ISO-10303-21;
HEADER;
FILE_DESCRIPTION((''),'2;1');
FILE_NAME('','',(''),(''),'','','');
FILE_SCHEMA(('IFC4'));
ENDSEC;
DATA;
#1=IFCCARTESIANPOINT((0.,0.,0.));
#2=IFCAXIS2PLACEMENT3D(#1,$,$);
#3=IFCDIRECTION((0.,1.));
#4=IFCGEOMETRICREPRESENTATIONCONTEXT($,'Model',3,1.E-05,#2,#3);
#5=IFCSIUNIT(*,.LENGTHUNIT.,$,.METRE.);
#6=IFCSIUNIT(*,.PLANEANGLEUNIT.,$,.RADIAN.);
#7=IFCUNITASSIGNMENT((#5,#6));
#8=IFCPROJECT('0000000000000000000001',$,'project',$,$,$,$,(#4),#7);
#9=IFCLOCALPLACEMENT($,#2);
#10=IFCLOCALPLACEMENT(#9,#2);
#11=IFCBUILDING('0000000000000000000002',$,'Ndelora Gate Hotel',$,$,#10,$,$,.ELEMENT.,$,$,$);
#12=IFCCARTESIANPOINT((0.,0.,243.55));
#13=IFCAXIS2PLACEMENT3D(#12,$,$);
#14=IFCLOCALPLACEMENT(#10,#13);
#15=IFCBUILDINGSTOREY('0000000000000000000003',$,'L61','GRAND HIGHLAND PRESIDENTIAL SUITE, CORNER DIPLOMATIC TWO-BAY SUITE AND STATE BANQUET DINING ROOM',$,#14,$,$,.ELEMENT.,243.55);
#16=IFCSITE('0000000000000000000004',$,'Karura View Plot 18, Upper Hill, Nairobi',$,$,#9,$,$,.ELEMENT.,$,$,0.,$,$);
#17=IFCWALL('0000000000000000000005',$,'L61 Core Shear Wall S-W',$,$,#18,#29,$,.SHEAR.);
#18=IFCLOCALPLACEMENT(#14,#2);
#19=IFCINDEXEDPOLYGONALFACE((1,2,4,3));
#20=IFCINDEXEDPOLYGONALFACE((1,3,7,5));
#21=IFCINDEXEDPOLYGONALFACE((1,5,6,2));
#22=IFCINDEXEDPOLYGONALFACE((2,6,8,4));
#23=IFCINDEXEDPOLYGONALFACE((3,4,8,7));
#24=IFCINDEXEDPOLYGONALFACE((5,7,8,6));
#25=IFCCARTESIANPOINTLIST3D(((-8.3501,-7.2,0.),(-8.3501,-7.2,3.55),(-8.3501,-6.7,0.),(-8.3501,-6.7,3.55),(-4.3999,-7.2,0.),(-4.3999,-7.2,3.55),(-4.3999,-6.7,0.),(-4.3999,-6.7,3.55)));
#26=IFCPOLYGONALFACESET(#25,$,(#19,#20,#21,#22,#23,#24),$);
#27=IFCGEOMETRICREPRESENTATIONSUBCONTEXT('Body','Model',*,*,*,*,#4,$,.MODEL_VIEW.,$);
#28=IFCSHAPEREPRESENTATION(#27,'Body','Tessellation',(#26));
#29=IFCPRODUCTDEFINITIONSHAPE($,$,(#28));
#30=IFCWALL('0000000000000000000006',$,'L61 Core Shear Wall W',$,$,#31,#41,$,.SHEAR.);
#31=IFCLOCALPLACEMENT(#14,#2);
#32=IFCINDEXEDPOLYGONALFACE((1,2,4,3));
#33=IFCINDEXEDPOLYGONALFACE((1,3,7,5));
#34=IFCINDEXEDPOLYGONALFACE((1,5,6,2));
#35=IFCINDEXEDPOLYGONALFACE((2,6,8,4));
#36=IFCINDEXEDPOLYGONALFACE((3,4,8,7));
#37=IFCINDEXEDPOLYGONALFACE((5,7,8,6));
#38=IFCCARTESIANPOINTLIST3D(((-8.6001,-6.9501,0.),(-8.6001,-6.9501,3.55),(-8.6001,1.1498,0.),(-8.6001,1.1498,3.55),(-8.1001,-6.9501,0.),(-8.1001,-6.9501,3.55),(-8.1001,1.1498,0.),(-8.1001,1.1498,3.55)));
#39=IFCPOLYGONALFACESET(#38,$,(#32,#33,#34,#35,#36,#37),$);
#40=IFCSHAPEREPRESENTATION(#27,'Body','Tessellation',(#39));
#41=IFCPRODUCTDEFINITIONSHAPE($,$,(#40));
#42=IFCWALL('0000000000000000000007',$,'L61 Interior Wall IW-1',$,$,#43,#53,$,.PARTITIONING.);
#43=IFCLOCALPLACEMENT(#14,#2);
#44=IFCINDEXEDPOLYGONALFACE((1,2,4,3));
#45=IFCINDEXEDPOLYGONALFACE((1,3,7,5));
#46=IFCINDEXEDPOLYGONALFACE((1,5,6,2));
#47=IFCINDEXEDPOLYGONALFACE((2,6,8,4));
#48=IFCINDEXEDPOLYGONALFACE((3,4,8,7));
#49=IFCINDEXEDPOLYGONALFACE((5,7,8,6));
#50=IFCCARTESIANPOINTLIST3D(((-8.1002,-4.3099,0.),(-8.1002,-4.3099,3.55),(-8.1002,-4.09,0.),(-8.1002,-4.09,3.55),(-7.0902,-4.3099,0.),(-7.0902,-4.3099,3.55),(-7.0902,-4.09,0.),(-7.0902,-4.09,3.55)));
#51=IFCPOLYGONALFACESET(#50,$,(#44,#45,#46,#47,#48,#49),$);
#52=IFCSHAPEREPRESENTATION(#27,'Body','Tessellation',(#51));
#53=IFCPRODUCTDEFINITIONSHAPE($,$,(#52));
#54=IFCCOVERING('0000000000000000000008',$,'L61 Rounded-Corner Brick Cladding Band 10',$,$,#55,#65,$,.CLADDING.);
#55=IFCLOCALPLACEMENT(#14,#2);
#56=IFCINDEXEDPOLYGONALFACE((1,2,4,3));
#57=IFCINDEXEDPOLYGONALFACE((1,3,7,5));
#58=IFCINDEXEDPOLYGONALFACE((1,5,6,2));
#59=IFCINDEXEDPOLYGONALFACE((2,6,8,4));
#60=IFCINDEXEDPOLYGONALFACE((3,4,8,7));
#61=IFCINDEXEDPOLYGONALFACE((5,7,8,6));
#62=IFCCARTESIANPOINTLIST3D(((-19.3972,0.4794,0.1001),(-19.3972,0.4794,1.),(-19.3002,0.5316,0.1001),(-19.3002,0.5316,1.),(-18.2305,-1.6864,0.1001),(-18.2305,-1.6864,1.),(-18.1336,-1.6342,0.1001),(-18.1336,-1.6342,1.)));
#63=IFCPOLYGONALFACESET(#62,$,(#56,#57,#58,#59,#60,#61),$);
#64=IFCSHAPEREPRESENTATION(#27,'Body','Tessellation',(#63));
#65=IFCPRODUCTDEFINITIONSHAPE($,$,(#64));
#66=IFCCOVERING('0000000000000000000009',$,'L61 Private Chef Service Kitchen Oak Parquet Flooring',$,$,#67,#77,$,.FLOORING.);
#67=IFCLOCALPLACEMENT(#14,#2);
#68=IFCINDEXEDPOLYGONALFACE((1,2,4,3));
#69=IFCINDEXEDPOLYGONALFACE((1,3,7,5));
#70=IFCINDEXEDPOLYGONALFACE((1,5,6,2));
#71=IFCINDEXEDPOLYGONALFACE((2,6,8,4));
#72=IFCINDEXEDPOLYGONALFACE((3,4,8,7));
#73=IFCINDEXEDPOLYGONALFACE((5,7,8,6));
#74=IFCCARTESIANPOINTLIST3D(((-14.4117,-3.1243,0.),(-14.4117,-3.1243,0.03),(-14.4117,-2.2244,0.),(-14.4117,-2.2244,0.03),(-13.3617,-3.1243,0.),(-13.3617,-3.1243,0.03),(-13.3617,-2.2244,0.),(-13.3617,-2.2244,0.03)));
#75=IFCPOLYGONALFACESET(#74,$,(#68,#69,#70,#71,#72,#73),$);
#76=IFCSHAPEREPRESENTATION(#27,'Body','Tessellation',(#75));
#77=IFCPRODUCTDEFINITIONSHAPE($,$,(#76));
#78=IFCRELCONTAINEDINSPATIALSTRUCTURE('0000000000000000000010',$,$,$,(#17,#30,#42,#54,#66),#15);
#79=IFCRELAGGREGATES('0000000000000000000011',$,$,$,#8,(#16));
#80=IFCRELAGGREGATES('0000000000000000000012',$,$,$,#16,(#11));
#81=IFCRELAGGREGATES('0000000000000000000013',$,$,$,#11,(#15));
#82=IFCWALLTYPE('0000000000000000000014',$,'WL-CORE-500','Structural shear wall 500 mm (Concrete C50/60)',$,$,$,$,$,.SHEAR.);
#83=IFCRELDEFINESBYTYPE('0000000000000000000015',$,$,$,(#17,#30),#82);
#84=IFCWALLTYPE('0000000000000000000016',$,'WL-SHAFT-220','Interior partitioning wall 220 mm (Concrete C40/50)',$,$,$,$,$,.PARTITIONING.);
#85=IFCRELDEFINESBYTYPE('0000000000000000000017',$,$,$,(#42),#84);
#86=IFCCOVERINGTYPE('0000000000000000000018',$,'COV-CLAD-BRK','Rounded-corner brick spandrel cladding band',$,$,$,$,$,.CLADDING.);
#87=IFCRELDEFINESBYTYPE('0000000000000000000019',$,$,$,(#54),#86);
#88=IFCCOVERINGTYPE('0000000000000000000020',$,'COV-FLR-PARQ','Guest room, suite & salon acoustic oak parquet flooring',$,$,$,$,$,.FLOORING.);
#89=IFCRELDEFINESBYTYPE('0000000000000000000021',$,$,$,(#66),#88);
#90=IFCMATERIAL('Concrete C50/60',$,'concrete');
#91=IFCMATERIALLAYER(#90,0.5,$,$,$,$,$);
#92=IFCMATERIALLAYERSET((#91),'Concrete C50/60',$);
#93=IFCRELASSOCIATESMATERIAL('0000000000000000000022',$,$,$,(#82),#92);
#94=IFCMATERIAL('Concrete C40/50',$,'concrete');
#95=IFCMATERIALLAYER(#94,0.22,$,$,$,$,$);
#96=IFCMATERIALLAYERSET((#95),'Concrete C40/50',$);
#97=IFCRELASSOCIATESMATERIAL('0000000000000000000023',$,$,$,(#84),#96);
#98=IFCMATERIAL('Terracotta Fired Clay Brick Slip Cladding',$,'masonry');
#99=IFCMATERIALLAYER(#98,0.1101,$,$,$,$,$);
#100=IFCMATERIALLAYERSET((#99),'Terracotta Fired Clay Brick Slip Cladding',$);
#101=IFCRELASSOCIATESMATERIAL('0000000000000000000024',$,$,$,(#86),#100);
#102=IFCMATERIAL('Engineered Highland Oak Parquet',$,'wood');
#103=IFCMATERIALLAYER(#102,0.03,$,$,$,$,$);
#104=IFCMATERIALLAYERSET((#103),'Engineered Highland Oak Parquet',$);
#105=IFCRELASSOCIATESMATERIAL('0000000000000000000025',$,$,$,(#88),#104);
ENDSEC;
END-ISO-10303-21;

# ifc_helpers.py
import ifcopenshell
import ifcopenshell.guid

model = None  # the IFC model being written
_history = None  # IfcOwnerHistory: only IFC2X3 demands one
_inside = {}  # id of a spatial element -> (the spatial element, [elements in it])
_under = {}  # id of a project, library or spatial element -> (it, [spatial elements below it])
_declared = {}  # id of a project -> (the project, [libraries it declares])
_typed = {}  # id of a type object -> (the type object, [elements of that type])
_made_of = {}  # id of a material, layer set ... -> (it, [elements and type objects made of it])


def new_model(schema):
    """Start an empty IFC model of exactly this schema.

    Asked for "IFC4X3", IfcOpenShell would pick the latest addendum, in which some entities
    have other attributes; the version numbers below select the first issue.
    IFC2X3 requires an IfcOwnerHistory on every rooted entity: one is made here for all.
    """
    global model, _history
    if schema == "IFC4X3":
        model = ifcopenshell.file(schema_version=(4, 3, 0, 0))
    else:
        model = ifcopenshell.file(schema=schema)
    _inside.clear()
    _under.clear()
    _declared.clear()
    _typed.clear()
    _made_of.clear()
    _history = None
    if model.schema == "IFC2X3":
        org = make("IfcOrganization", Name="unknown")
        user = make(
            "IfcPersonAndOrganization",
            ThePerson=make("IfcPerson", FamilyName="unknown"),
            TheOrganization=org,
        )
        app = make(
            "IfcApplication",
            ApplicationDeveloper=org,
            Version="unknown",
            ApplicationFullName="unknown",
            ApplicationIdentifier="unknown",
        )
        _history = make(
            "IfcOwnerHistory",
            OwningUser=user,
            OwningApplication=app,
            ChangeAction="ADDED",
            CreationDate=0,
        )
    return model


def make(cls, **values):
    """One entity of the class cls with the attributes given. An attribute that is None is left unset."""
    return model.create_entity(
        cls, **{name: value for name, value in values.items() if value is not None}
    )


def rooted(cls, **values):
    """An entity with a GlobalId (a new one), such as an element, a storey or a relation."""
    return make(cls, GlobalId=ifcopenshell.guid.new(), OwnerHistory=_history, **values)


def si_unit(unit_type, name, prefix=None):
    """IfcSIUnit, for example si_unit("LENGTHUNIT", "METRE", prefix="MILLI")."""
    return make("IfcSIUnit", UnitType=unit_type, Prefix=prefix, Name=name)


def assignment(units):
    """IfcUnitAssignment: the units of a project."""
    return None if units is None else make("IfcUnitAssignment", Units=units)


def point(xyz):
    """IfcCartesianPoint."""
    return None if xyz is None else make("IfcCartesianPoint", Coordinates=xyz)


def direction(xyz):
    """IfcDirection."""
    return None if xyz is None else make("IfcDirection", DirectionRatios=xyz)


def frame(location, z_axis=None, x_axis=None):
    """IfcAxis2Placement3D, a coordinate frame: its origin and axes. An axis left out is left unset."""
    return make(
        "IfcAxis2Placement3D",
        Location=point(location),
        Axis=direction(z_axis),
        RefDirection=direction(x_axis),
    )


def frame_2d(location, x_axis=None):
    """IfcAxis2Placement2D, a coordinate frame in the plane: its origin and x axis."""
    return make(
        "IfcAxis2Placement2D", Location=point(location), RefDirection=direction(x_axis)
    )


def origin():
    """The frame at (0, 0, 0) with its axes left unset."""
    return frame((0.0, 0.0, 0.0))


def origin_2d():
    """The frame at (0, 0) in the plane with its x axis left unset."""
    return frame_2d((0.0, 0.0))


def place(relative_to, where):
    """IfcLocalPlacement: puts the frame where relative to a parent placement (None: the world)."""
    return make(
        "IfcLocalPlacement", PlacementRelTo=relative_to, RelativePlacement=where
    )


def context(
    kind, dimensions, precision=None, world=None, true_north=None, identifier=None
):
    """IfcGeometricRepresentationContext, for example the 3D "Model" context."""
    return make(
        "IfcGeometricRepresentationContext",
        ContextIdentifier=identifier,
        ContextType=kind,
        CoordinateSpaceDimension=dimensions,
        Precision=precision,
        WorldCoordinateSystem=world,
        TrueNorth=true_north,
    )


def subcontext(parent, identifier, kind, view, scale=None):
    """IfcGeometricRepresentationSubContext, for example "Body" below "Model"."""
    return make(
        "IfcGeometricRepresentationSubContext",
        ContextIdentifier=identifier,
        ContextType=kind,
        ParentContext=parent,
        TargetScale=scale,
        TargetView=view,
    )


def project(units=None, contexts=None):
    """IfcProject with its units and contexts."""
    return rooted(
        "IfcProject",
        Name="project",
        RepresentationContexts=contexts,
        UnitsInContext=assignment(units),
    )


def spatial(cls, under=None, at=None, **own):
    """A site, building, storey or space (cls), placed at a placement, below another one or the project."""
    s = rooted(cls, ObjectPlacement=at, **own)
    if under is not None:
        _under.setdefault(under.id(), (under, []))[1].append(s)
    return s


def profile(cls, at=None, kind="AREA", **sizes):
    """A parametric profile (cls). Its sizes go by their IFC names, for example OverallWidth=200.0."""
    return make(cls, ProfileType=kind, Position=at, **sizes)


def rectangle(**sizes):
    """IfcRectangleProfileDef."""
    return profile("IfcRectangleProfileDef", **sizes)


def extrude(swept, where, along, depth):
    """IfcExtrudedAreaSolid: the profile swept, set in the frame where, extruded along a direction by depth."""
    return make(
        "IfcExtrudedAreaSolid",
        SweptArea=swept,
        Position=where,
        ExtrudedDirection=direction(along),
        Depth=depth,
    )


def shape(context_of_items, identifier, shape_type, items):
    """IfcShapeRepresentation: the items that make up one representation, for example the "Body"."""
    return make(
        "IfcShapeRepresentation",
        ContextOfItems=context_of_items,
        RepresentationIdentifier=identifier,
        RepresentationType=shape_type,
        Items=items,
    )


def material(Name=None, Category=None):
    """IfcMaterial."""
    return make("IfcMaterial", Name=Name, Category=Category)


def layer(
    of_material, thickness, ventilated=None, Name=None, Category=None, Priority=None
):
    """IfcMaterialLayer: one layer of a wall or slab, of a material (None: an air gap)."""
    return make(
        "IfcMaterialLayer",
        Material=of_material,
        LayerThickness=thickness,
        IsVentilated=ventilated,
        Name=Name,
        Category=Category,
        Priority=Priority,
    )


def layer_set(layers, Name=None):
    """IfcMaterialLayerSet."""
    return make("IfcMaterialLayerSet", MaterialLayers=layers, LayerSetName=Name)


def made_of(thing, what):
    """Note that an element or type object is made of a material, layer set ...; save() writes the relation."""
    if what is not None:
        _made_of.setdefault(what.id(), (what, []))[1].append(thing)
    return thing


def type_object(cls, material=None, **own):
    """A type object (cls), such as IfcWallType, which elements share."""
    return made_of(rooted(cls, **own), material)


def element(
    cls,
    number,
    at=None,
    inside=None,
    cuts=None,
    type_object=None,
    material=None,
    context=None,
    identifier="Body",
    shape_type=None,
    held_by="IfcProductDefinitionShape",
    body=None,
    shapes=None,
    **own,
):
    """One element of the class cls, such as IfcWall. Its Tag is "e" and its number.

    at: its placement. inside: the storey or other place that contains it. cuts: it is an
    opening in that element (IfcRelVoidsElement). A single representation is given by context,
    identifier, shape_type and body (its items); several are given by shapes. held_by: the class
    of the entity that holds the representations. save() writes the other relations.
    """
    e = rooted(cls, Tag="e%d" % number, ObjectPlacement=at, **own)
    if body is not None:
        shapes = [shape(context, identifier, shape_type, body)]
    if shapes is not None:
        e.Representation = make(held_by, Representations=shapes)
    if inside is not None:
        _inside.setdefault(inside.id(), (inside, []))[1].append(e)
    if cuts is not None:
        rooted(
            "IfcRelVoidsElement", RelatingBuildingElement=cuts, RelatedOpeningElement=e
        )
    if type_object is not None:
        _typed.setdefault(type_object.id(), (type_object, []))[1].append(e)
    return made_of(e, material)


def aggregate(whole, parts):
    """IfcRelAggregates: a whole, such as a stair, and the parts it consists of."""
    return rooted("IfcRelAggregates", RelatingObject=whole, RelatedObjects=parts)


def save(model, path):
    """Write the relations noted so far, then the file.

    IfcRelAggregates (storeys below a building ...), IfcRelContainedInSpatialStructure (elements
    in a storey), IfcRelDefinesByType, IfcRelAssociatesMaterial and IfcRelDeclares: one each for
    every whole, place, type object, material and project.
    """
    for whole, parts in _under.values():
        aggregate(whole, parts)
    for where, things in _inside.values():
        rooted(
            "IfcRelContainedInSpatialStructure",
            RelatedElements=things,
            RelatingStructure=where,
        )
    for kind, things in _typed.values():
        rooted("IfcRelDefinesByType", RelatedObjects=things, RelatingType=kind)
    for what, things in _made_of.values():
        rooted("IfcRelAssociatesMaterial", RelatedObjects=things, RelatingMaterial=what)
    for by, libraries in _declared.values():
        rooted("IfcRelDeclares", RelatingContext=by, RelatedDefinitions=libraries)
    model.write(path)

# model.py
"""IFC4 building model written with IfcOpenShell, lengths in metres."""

from ifc_helpers import new_model, si_unit, direction, frame, frame_2d, origin, origin_2d, place, context, subcontext, project, spatial, rectangle, extrude, material, layer, layer_set, type_object, element, save


model = new_model("IFC4")

# Units and contexts
model_context = context("Model", 3, precision=1e-05, world=origin(), true_north=direction((0.0, 1.0)))
body_context = subcontext(model_context, "Body", "Model", "MODEL_VIEW")
ifc_project = project(units=[si_unit("LENGTHUNIT", "METRE"), si_unit("PLANEANGLEUNIT", "RADIAN")], contexts=[model_context])

# Site, building, storey
site_placement = place(None, origin())
site = spatial("IfcSite", under=ifc_project, at=site_placement, Name="Karura View Plot 18, Upper Hill, Nairobi", CompositionType="ELEMENT", RefElevation=0.0)
building_placement = place(site_placement, origin())
building = spatial("IfcBuilding", under=site, at=building_placement, Name="Ndelora Gate Hotel", CompositionType="ELEMENT")
storey_placement = place(building_placement, frame((0.0, 0.0, 243.55)))
storey = spatial("IfcBuildingStorey", under=building, at=storey_placement, Name="L61", Description="GRAND HIGHLAND PRESIDENTIAL SUITE, CORNER DIPLOMATIC TWO-BAY SUITE AND STATE BANQUET DINING ROOM", CompositionType="ELEMENT", Elevation=243.55)

# Shared definitions
ifc_material_1 = material(Name="Concrete C50/60", Category="concrete")

# Walls
ifc_layer_1 = layer(ifc_material_1, 0.5)
ifc_layer_set_1 = layer_set([ifc_layer_1], Name="Concrete C50/60")
wall_type_1 = type_object("IfcWallType", Name="WL-CORE-500", Description="Structural shear wall 500 mm (Concrete C50/60)", PredefinedType="SHEAR", material=ifc_layer_set_1)
wall_1_placement = place(storey_placement, frame((-8.3501, -6.95, 0.0), z_axis=(0.0, 0.0, 1.0), x_axis=(1.0, 0.0, 0.0)))
element("IfcWall", 1, at=wall_1_placement, inside=storey, type_object=wall_type_1, Name="L61 Core Shear Wall S-W", PredefinedType="SHEAR", context=body_context, shape_type="SweptSolid", body=[
    extrude(rectangle(XDim=3.9502, YDim=0.5, at=frame_2d((1.9751, 0.0))), origin(), (0.0, 0.0, 1.0), 3.55),
])
wall_2_placement = place(storey_placement, frame((-8.3501, -6.95, 0.0), z_axis=(0.0, 0.0, 1.0), x_axis=(0.0, 1.0, 0.0)))
element("IfcWall", 2, at=wall_2_placement, inside=storey, type_object=wall_type_1, Name="L61 Core Shear Wall W", PredefinedType="SHEAR", context=body_context, shape_type="SweptSolid", body=[
    extrude(rectangle(XDim=8.0999, YDim=0.5, at=frame_2d((4.0498, 0.0))), origin(), (0.0, 0.0, 1.0), 3.55),
])
ifc_material_2 = material(Name="Concrete C40/50", Category="concrete")
ifc_layer_2 = layer(ifc_material_2, 0.22)
ifc_layer_set_2 = layer_set([ifc_layer_2], Name="Concrete C40/50")
wall_type_2 = type_object("IfcWallType", Name="WL-SHAFT-220", Description="Interior partitioning wall 220 mm (Concrete C40/50)", PredefinedType="PARTITIONING", material=ifc_layer_set_2)
wall_3_placement = place(storey_placement, frame((-8.1001, -4.2, 0.0), z_axis=(0.0, 0.0, 1.0), x_axis=(1.0, 0.0, 0.0)))
element("IfcWall", 3, at=wall_3_placement, inside=storey, type_object=wall_type_2, Name="L61 Interior Wall IW-1", PredefinedType="PARTITIONING", context=body_context, shape_type="SweptSolid", body=[
    extrude(rectangle(XDim=1.01, YDim=0.22, at=frame_2d((0.5049, 0.0))), origin(), (0.0, 0.0, 1.0), 3.55),
])

# Coverings
ifc_material_3 = material(Name="Terracotta Fired Clay Brick Slip Cladding", Category="masonry")
ifc_layer_3 = layer(ifc_material_3, 0.1101)
ifc_layer_set_3 = layer_set([ifc_layer_3], Name="Terracotta Fired Clay Brick Slip Cladding")
covering_type_1 = type_object("IfcCoveringType", Name="COV-CLAD-BRK", Description="Rounded-corner brick spandrel cladding band", PredefinedType="CLADDING", material=ifc_layer_set_3)
covering_1_placement = place(storey_placement, frame((-18.7654, -0.5774, 0.1001), z_axis=(0.0, 0.0, 1.0), x_axis=(-0.474242, 0.880395, 0.0)))
element("IfcCovering", 4, at=covering_1_placement, inside=storey, type_object=covering_type_1, Name="L61 Rounded-Corner Brick Cladding Band 10", PredefinedType="CLADDING", context=body_context, shape_type="SweptSolid", body=[
    extrude(rectangle(XDim=2.46, YDim=0.1101, at=origin_2d()), origin(), (0.0, 0.0, 1.0), 0.8999),
])
ifc_material_4 = material(Name="Engineered Highland Oak Parquet", Category="wood")
ifc_layer_4 = layer(ifc_material_4, 0.03)
ifc_layer_set_4 = layer_set([ifc_layer_4], Name="Engineered Highland Oak Parquet")
covering_type_2 = type_object("IfcCoveringType", Name="COV-FLR-PARQ", Description="Guest room, suite & salon acoustic oak parquet flooring", PredefinedType="FLOORING", material=ifc_layer_set_4)
covering_2_placement = place(storey_placement, frame((-13.8867, -2.6743, 0.0), z_axis=(0.0, 0.0, 1.0), x_axis=(1.0, 0.0, 0.0)))
element("IfcCovering", 5, at=covering_2_placement, inside=storey, type_object=covering_type_2, Name="L61 Private Chef Service Kitchen Oak Parquet Flooring", PredefinedType="FLOORING", context=body_context, shape_type="SweptSolid", body=[
    extrude(rectangle(XDim=1.05, YDim=0.8999, at=origin_2d()), origin(), (0.0, 0.0, 1.0), 0.03),
])

save(model, "model.ifc")
